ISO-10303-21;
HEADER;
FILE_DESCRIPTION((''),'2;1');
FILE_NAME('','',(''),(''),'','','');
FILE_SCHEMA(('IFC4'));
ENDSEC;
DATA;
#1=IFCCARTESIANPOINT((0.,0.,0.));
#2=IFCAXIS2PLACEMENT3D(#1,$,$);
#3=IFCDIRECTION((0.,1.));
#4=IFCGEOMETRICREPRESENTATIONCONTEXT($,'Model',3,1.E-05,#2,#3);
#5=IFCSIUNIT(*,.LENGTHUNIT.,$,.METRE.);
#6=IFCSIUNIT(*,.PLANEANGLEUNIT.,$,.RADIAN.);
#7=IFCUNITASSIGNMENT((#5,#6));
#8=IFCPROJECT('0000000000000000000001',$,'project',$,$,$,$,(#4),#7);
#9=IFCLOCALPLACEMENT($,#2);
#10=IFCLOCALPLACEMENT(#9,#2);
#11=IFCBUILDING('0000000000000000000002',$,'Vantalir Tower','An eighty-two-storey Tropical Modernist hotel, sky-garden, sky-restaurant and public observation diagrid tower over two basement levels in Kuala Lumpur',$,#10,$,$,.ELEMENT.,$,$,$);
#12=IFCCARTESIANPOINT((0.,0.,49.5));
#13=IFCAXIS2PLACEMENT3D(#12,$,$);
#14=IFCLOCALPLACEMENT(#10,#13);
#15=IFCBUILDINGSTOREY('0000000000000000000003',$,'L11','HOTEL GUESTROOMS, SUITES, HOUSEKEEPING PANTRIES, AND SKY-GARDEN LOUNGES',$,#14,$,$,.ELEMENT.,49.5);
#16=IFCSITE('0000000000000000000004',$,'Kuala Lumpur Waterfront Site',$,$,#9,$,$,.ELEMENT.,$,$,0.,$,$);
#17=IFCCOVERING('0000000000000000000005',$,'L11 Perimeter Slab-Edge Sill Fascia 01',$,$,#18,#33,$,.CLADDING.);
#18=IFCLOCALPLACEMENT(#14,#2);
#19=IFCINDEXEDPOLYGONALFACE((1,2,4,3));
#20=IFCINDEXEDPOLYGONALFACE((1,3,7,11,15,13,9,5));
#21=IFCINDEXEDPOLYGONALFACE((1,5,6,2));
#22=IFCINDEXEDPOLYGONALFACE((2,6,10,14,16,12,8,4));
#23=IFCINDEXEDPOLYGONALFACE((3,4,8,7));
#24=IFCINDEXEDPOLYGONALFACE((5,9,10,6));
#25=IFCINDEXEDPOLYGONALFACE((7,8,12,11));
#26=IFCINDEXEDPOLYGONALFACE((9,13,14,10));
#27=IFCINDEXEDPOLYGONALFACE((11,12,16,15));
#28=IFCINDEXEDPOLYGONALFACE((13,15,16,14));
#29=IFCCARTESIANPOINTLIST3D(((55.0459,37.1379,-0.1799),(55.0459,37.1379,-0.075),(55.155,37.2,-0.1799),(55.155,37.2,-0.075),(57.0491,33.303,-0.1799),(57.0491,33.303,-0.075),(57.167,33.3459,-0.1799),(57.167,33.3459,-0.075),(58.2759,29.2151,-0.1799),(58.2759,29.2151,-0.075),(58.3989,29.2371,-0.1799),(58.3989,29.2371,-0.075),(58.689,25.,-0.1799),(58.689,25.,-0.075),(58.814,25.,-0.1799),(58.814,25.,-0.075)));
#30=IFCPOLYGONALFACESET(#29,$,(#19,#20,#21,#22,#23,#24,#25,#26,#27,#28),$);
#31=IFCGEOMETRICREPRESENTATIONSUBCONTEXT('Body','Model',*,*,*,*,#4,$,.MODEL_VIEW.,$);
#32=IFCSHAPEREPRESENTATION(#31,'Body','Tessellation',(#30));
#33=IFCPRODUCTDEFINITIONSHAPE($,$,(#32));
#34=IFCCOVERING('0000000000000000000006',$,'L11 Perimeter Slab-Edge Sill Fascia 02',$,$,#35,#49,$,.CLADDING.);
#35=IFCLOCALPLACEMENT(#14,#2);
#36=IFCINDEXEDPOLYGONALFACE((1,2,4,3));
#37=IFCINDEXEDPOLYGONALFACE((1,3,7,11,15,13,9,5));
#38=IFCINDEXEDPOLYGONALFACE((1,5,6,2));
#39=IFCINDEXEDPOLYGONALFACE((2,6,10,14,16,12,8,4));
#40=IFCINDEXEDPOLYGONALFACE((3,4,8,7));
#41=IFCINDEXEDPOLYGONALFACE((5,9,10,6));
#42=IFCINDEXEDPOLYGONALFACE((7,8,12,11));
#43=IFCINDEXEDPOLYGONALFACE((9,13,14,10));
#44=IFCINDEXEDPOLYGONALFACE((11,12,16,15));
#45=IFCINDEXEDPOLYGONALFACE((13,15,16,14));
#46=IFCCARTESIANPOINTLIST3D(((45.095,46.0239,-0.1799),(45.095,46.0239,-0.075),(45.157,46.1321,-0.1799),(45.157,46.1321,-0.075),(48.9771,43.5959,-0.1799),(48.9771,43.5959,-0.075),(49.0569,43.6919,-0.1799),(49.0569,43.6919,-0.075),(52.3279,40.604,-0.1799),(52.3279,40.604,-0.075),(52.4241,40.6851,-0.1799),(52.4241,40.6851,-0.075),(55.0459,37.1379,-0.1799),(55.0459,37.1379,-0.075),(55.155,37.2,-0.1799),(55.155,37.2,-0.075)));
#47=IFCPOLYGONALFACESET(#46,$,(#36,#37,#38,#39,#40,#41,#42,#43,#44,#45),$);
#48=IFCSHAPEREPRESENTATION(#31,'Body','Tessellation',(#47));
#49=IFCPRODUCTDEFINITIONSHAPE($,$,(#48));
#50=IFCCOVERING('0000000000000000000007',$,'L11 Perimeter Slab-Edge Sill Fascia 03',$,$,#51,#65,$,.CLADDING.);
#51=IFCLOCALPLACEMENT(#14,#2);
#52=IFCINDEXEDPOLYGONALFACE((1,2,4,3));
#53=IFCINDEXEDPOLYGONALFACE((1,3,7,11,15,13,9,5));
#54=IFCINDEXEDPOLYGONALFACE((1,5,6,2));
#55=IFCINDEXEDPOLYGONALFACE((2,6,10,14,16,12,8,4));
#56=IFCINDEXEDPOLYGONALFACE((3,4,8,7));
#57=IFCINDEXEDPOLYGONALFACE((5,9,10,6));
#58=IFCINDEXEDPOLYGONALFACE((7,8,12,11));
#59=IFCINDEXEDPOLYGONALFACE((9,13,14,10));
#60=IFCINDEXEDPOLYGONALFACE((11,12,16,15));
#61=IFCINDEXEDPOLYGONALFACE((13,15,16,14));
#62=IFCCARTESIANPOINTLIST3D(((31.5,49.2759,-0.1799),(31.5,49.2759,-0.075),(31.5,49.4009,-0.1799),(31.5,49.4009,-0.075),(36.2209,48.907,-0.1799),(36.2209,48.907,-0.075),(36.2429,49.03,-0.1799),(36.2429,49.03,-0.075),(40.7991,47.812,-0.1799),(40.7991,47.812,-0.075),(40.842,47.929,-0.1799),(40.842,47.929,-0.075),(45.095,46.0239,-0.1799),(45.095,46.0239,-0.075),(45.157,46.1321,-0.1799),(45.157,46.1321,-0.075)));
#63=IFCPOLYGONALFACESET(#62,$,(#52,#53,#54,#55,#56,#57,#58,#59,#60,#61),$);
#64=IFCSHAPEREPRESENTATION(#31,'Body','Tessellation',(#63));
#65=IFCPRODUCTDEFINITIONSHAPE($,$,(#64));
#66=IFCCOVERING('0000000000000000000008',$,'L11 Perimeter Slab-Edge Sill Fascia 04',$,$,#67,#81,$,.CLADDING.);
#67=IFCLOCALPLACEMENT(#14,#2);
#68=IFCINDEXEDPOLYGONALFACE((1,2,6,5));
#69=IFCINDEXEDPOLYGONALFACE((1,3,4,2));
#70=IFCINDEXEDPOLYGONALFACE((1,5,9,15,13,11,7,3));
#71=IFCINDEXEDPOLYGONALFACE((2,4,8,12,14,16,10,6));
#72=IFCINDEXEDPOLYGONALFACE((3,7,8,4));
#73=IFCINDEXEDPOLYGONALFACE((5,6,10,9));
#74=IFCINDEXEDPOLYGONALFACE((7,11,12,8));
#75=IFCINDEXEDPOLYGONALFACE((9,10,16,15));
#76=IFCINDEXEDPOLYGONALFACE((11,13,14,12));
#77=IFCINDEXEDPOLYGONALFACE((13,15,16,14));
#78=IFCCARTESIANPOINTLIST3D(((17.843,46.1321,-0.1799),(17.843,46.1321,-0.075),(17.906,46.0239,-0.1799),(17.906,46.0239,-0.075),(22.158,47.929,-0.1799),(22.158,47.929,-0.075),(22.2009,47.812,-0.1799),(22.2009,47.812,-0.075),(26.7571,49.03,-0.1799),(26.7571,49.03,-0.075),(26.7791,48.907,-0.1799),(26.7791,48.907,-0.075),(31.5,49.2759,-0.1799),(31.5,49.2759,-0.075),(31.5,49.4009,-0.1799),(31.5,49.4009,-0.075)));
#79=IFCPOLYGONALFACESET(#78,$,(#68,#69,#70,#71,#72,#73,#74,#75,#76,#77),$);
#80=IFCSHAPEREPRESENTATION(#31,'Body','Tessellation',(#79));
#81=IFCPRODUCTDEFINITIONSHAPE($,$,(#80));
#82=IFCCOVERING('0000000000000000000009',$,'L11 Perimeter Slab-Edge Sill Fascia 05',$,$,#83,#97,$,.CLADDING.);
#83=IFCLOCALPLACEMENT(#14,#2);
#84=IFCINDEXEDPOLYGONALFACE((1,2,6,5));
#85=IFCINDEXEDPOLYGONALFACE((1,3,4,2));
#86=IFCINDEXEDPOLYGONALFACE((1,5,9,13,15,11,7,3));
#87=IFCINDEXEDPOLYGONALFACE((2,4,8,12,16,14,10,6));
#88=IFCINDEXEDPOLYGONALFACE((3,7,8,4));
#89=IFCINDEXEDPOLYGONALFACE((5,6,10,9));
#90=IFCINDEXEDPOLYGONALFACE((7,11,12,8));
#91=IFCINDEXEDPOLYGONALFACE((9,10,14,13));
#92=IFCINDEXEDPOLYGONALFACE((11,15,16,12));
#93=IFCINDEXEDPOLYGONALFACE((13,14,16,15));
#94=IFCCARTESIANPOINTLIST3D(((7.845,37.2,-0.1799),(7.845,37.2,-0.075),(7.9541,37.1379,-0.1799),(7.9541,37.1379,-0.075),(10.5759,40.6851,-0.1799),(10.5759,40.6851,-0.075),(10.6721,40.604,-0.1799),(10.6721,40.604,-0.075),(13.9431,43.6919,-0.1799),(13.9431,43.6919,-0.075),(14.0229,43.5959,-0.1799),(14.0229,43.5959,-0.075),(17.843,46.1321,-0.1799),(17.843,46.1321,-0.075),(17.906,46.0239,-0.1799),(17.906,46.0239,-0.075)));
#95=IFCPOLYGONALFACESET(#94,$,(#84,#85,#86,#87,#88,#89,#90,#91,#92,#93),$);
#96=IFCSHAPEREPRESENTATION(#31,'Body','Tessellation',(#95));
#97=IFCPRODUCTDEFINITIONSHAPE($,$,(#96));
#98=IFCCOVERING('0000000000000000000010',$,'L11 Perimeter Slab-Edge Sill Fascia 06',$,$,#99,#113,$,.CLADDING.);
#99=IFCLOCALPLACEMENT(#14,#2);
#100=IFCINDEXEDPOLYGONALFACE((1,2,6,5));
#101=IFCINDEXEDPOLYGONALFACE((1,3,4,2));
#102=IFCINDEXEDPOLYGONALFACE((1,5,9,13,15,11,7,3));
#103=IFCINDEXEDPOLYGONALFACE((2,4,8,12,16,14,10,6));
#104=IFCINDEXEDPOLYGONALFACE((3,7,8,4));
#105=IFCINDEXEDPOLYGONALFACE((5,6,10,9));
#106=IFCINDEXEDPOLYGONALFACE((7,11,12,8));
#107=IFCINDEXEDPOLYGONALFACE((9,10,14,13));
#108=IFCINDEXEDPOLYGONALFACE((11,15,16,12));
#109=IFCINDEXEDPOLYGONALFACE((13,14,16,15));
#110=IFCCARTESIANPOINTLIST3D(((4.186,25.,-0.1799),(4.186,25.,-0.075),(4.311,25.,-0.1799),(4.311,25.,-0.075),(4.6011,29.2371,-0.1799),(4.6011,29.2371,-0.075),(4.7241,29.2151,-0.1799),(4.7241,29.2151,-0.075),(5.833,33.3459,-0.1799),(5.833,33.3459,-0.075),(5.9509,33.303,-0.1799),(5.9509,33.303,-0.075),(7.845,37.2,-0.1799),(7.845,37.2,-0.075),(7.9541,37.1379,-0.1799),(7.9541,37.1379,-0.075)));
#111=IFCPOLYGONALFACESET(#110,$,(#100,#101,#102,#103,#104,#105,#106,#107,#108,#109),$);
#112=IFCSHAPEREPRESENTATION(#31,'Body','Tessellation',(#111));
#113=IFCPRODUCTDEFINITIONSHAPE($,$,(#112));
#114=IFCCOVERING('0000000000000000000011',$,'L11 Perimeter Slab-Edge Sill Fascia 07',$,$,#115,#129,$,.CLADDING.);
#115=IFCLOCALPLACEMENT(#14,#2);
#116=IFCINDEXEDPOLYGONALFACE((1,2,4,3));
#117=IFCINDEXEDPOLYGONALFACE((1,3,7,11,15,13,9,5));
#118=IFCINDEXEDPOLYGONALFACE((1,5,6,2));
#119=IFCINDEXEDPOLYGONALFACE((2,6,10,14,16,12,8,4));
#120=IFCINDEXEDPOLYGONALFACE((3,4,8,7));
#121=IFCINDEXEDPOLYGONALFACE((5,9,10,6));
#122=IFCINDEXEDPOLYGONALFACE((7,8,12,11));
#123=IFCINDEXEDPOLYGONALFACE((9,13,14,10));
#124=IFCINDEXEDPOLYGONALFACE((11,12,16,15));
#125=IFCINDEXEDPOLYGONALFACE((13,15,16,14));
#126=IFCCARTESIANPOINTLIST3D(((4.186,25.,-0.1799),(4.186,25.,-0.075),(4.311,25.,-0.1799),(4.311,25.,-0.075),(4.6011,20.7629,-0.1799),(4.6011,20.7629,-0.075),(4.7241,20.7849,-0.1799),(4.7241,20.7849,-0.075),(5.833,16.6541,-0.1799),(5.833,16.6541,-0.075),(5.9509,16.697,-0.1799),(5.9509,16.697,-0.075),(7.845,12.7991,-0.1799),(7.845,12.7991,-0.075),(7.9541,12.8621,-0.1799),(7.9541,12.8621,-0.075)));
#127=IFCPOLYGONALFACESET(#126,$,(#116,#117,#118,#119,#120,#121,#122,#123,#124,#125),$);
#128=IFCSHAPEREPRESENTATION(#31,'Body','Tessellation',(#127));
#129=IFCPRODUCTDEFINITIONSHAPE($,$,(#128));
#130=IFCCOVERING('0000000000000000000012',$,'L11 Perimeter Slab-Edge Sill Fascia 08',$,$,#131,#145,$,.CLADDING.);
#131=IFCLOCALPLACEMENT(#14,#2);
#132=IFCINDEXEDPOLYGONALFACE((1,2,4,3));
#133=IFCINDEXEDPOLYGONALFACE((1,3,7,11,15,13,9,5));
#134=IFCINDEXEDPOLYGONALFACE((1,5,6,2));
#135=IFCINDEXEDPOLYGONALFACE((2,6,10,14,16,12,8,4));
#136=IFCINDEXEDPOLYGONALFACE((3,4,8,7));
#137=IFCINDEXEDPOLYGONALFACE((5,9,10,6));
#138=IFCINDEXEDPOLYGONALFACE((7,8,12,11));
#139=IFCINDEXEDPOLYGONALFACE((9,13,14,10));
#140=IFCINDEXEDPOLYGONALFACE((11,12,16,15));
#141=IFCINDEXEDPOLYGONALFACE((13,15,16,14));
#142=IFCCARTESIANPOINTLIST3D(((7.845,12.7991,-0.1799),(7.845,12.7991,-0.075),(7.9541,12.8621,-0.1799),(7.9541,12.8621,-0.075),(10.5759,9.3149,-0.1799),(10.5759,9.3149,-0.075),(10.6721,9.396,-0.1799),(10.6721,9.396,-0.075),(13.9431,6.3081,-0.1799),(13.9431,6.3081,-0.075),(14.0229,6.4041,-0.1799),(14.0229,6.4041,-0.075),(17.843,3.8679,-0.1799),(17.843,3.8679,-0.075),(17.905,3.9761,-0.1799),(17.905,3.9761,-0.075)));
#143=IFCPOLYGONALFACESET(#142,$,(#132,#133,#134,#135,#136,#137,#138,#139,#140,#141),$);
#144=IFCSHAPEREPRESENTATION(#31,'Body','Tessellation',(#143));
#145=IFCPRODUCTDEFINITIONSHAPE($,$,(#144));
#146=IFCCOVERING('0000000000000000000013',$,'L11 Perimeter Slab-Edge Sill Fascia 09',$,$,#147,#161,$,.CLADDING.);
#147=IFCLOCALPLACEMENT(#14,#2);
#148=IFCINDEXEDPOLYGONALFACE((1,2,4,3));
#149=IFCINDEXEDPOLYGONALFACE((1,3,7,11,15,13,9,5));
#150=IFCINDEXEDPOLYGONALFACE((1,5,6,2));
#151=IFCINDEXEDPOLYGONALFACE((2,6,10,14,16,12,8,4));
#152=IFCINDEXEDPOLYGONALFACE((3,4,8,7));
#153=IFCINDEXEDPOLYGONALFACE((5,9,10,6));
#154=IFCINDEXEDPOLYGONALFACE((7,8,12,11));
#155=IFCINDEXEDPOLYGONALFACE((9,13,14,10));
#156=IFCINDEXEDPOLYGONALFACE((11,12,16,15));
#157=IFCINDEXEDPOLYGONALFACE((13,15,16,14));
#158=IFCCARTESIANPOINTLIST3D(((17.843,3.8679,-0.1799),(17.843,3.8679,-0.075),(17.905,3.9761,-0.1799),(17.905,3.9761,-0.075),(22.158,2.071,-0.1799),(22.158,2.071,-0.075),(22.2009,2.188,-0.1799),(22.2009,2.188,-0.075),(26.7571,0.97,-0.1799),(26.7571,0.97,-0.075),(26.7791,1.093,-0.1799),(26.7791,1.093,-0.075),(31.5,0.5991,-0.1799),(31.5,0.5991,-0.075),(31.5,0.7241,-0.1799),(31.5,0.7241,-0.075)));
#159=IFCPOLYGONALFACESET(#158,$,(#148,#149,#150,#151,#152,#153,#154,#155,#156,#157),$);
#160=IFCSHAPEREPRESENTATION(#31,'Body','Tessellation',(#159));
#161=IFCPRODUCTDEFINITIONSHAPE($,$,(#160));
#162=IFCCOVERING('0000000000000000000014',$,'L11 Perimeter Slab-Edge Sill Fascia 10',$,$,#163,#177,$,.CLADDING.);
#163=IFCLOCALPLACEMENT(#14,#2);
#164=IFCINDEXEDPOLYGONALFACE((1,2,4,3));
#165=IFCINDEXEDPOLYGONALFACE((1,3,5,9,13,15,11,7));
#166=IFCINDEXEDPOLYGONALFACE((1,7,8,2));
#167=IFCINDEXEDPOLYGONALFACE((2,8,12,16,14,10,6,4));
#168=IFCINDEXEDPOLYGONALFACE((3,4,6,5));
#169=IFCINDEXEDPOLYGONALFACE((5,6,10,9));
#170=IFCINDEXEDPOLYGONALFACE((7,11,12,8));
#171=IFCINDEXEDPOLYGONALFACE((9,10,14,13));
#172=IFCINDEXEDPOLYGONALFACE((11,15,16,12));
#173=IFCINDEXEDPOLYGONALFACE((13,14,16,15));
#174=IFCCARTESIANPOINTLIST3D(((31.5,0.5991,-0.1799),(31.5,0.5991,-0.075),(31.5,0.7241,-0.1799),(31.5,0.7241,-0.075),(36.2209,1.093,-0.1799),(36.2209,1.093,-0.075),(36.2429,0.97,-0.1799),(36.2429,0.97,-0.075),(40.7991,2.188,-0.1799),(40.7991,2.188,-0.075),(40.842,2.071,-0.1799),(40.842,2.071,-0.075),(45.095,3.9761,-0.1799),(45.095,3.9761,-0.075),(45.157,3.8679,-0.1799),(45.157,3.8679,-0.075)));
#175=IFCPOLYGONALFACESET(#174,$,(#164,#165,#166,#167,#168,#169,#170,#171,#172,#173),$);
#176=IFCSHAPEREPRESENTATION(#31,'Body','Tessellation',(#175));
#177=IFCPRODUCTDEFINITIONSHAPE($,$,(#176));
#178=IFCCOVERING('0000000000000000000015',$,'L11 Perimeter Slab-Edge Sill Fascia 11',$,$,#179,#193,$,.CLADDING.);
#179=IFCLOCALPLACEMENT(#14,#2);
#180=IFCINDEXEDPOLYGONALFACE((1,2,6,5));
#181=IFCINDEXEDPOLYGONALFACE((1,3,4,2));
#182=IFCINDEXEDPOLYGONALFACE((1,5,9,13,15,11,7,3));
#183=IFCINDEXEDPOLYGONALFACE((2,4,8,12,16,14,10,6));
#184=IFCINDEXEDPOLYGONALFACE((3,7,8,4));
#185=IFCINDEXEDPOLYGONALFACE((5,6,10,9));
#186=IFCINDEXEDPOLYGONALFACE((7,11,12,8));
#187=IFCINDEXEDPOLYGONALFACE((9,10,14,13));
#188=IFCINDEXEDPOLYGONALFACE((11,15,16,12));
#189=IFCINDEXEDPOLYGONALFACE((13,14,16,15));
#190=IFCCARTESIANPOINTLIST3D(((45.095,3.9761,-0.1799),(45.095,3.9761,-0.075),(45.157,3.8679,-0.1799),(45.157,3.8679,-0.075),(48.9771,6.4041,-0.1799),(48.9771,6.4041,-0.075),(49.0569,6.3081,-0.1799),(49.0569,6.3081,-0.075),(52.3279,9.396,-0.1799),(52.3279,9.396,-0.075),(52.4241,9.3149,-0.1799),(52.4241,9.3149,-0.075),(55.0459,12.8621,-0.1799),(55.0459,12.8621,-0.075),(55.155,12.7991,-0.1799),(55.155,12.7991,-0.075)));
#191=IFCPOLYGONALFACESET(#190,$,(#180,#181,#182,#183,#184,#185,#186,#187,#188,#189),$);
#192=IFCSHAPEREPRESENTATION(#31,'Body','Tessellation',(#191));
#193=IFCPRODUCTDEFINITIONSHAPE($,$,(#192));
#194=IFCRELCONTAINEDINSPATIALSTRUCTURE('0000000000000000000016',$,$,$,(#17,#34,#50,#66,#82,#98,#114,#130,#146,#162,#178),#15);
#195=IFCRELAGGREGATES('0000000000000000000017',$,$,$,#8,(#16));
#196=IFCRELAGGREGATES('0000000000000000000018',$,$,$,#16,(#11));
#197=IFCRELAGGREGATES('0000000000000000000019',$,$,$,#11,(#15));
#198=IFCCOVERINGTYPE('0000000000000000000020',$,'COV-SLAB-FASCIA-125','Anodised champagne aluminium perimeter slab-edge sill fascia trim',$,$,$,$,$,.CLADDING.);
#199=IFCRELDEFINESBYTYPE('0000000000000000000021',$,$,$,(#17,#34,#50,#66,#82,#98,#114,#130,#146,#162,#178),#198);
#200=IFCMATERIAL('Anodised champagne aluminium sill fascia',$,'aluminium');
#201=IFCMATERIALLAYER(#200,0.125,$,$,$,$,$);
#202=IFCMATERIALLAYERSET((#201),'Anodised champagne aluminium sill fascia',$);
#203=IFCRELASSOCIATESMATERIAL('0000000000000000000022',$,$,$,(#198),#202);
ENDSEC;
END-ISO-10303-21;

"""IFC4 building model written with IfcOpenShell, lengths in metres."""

from ifc_helpers import new_model, si_unit, direction, frame, origin, place, context, subcontext, project, spatial, polyline, outline, extrude, material, layer, layer_set, type_object, element, save


model = new_model("IFC4")

# Units and contexts
model_context = context("Model", 3, precision=1e-05, world=origin(), true_north=direction((0.0, 1.0)))
body_context = subcontext(model_context, "Body", "Model", "MODEL_VIEW")
ifc_project = project(units=[si_unit("LENGTHUNIT", "METRE"), si_unit("PLANEANGLEUNIT", "RADIAN")], contexts=[model_context])

# Site, building, storey
site_placement = place(None, origin())
site = spatial("IfcSite", under=ifc_project, at=site_placement, Name="Kuala Lumpur Waterfront Site", CompositionType="ELEMENT", RefElevation=0.0)
building_placement = place(site_placement, origin())
building = spatial("IfcBuilding", under=site, at=building_placement, Name="Vantalir Tower", Description="An eighty-two-storey Tropical Modernist hotel, sky-garden, sky-restaurant and public observation diagrid tower over two basement levels in Kuala Lumpur", CompositionType="ELEMENT")
storey_placement = place(building_placement, frame((0.0, 0.0, 49.5)))
storey = spatial("IfcBuildingStorey", under=building, at=storey_placement, Name="L11", Description="HOTEL GUESTROOMS, SUITES, HOUSEKEEPING PANTRIES, AND SKY-GARDEN LOUNGES", CompositionType="ELEMENT", Elevation=49.5)

# Coverings
ifc_material_1 = material(Name="Anodised champagne aluminium sill fascia", Category="aluminium")
ifc_layer_1 = layer(ifc_material_1, 0.125)
ifc_layer_set_1 = layer_set([ifc_layer_1], Name="Anodised champagne aluminium sill fascia")
covering_type = type_object("IfcCoveringType", Name="COV-SLAB-FASCIA-125", Description="Anodised champagne aluminium perimeter slab-edge sill fascia trim", PredefinedType="CLADDING", material=ifc_layer_set_1)
covering_1_placement = place(storey_placement, frame((0.0, 0.0, -0.1799)))
element("IfcCovering", 1, at=covering_1_placement, inside=storey, type_object=covering_type, Name="L11 Perimeter Slab-Edge Sill Fascia 01", PredefinedType="CLADDING", context=body_context, shape_type="SweptSolid", body=[
    extrude(outline(polyline([(58.814, 25.0), (58.3989, 29.2371), (57.167, 33.3459), (55.155, 37.2), (55.0459, 37.1379), (57.0491, 33.303), (58.2759, 29.2151), (58.689, 25.0), (58.814, 25.0)])), origin(), (0.0, 0.0, 1.0), 0.105),
])
covering_2_placement = place(storey_placement, frame((0.0, 0.0, -0.1799)))
element("IfcCovering", 2, at=covering_2_placement, inside=storey, type_object=covering_type, Name="L11 Perimeter Slab-Edge Sill Fascia 02", PredefinedType="CLADDING", context=body_context, shape_type="SweptSolid", body=[
    extrude(outline(polyline([(55.155, 37.2), (52.4241, 40.6851), (49.0569, 43.6919), (45.157, 46.1321), (45.095, 46.0239), (48.9771, 43.5959), (52.3279, 40.604), (55.0459, 37.1379), (55.155, 37.2)])), origin(), (0.0, 0.0, 1.0), 0.105),
])
covering_3_placement = place(storey_placement, frame((0.0, 0.0, -0.1799)))
element("IfcCovering", 3, at=covering_3_placement, inside=storey, type_object=covering_type, Name="L11 Perimeter Slab-Edge Sill Fascia 03", PredefinedType="CLADDING", context=body_context, shape_type="SweptSolid", body=[
    extrude(outline(polyline([(45.157, 46.1321), (40.842, 47.929), (36.2429, 49.03), (31.5, 49.4009), (31.5, 49.2759), (36.2209, 48.907), (40.7991, 47.812), (45.095, 46.0239), (45.157, 46.1321)])), origin(), (0.0, 0.0, 1.0), 0.105),
])
covering_4_placement = place(storey_placement, frame((0.0, 0.0, -0.1799)))
element("IfcCovering", 4, at=covering_4_placement, inside=storey, type_object=covering_type, Name="L11 Perimeter Slab-Edge Sill Fascia 04", PredefinedType="CLADDING", context=body_context, shape_type="SweptSolid", body=[
    extrude(outline(polyline([(31.5, 49.4009), (26.7571, 49.03), (22.158, 47.929), (17.843, 46.1321), (17.906, 46.0239), (22.2009, 47.812), (26.7791, 48.907), (31.5, 49.2759), (31.5, 49.4009)])), origin(), (0.0, 0.0, 1.0), 0.105),
])
covering_5_placement = place(storey_placement, frame((0.0, 0.0, -0.1799)))
element("IfcCovering", 5, at=covering_5_placement, inside=storey, type_object=covering_type, Name="L11 Perimeter Slab-Edge Sill Fascia 05", PredefinedType="CLADDING", context=body_context, shape_type="SweptSolid", body=[
    extrude(outline(polyline([(17.843, 46.1321), (13.9431, 43.6919), (10.5759, 40.6851), (7.845, 37.2), (7.9541, 37.1379), (10.6721, 40.604), (14.0229, 43.5959), (17.906, 46.0239), (17.843, 46.1321)])), origin(), (0.0, 0.0, 1.0), 0.105),
])
covering_6_placement = place(storey_placement, frame((0.0, 0.0, -0.1799)))
element("IfcCovering", 6, at=covering_6_placement, inside=storey, type_object=covering_type, Name="L11 Perimeter Slab-Edge Sill Fascia 06", PredefinedType="CLADDING", context=body_context, shape_type="SweptSolid", body=[
    extrude(outline(polyline([(7.845, 37.2), (5.833, 33.3459), (4.6011, 29.2371), (4.186, 25.0), (4.311, 25.0), (4.7241, 29.2151), (5.9509, 33.303), (7.9541, 37.1379), (7.845, 37.2)])), origin(), (0.0, 0.0, 1.0), 0.105),
])
covering_7_placement = place(storey_placement, frame((0.0, 0.0, -0.1799)))
element("IfcCovering", 7, at=covering_7_placement, inside=storey, type_object=covering_type, Name="L11 Perimeter Slab-Edge Sill Fascia 07", PredefinedType="CLADDING", context=body_context, shape_type="SweptSolid", body=[
    extrude(outline(polyline([(4.186, 25.0), (4.6011, 20.7629), (5.833, 16.6541), (7.845, 12.7991), (7.9541, 12.8621), (5.9509, 16.697), (4.7241, 20.7849), (4.311, 25.0), (4.186, 25.0)])), origin(), (0.0, 0.0, 1.0), 0.105),
])
covering_8_placement = place(storey_placement, frame((0.0, 0.0, -0.1799)))
element("IfcCovering", 8, at=covering_8_placement, inside=storey, type_object=covering_type, Name="L11 Perimeter Slab-Edge Sill Fascia 08", PredefinedType="CLADDING", context=body_context, shape_type="SweptSolid", body=[
    extrude(outline(polyline([(7.845, 12.7991), (10.5759, 9.3149), (13.9431, 6.3081), (17.843, 3.8679), (17.905, 3.9761), (14.0229, 6.4041), (10.6721, 9.396), (7.9541, 12.8621), (7.845, 12.7991)])), origin(), (0.0, 0.0, 1.0), 0.105),
])
covering_9_placement = place(storey_placement, frame((0.0, 0.0, -0.1799)))
element("IfcCovering", 9, at=covering_9_placement, inside=storey, type_object=covering_type, Name="L11 Perimeter Slab-Edge Sill Fascia 09", PredefinedType="CLADDING", context=body_context, shape_type="SweptSolid", body=[
    extrude(outline(polyline([(17.843, 3.8679), (22.158, 2.071), (26.7571, 0.97), (31.5, 0.5991), (31.5, 0.7241), (26.7791, 1.093), (22.2009, 2.188), (17.905, 3.9761), (17.843, 3.8679)])), origin(), (0.0, 0.0, 1.0), 0.105),
])
covering_10_placement = place(storey_placement, frame((0.0, 0.0, -0.1799)))
element("IfcCovering", 10, at=covering_10_placement, inside=storey, type_object=covering_type, Name="L11 Perimeter Slab-Edge Sill Fascia 10", PredefinedType="CLADDING", context=body_context, shape_type="SweptSolid", body=[
    extrude(outline(polyline([(31.5, 0.5991), (36.2429, 0.97), (40.842, 2.071), (45.157, 3.8679), (45.095, 3.9761), (40.7991, 2.188), (36.2209, 1.093), (31.5, 0.7241), (31.5, 0.5991)])), origin(), (0.0, 0.0, 1.0), 0.105),
])
covering_11_placement = place(storey_placement, frame((0.0, 0.0, -0.1799)))
element("IfcCovering", 11, at=covering_11_placement, inside=storey, type_object=covering_type, Name="L11 Perimeter Slab-Edge Sill Fascia 11", PredefinedType="CLADDING", context=body_context, shape_type="SweptSolid", body=[
    extrude(outline(polyline([(45.157, 3.8679), (49.0569, 6.3081), (52.4241, 9.3149), (55.155, 12.7991), (55.0459, 12.8621), (52.3279, 9.396), (48.9771, 6.4041), (45.095, 3.9761), (45.157, 3.8679)])), origin(), (0.0, 0.0, 1.0), 0.105),
])

save(model, "model.ifc")
